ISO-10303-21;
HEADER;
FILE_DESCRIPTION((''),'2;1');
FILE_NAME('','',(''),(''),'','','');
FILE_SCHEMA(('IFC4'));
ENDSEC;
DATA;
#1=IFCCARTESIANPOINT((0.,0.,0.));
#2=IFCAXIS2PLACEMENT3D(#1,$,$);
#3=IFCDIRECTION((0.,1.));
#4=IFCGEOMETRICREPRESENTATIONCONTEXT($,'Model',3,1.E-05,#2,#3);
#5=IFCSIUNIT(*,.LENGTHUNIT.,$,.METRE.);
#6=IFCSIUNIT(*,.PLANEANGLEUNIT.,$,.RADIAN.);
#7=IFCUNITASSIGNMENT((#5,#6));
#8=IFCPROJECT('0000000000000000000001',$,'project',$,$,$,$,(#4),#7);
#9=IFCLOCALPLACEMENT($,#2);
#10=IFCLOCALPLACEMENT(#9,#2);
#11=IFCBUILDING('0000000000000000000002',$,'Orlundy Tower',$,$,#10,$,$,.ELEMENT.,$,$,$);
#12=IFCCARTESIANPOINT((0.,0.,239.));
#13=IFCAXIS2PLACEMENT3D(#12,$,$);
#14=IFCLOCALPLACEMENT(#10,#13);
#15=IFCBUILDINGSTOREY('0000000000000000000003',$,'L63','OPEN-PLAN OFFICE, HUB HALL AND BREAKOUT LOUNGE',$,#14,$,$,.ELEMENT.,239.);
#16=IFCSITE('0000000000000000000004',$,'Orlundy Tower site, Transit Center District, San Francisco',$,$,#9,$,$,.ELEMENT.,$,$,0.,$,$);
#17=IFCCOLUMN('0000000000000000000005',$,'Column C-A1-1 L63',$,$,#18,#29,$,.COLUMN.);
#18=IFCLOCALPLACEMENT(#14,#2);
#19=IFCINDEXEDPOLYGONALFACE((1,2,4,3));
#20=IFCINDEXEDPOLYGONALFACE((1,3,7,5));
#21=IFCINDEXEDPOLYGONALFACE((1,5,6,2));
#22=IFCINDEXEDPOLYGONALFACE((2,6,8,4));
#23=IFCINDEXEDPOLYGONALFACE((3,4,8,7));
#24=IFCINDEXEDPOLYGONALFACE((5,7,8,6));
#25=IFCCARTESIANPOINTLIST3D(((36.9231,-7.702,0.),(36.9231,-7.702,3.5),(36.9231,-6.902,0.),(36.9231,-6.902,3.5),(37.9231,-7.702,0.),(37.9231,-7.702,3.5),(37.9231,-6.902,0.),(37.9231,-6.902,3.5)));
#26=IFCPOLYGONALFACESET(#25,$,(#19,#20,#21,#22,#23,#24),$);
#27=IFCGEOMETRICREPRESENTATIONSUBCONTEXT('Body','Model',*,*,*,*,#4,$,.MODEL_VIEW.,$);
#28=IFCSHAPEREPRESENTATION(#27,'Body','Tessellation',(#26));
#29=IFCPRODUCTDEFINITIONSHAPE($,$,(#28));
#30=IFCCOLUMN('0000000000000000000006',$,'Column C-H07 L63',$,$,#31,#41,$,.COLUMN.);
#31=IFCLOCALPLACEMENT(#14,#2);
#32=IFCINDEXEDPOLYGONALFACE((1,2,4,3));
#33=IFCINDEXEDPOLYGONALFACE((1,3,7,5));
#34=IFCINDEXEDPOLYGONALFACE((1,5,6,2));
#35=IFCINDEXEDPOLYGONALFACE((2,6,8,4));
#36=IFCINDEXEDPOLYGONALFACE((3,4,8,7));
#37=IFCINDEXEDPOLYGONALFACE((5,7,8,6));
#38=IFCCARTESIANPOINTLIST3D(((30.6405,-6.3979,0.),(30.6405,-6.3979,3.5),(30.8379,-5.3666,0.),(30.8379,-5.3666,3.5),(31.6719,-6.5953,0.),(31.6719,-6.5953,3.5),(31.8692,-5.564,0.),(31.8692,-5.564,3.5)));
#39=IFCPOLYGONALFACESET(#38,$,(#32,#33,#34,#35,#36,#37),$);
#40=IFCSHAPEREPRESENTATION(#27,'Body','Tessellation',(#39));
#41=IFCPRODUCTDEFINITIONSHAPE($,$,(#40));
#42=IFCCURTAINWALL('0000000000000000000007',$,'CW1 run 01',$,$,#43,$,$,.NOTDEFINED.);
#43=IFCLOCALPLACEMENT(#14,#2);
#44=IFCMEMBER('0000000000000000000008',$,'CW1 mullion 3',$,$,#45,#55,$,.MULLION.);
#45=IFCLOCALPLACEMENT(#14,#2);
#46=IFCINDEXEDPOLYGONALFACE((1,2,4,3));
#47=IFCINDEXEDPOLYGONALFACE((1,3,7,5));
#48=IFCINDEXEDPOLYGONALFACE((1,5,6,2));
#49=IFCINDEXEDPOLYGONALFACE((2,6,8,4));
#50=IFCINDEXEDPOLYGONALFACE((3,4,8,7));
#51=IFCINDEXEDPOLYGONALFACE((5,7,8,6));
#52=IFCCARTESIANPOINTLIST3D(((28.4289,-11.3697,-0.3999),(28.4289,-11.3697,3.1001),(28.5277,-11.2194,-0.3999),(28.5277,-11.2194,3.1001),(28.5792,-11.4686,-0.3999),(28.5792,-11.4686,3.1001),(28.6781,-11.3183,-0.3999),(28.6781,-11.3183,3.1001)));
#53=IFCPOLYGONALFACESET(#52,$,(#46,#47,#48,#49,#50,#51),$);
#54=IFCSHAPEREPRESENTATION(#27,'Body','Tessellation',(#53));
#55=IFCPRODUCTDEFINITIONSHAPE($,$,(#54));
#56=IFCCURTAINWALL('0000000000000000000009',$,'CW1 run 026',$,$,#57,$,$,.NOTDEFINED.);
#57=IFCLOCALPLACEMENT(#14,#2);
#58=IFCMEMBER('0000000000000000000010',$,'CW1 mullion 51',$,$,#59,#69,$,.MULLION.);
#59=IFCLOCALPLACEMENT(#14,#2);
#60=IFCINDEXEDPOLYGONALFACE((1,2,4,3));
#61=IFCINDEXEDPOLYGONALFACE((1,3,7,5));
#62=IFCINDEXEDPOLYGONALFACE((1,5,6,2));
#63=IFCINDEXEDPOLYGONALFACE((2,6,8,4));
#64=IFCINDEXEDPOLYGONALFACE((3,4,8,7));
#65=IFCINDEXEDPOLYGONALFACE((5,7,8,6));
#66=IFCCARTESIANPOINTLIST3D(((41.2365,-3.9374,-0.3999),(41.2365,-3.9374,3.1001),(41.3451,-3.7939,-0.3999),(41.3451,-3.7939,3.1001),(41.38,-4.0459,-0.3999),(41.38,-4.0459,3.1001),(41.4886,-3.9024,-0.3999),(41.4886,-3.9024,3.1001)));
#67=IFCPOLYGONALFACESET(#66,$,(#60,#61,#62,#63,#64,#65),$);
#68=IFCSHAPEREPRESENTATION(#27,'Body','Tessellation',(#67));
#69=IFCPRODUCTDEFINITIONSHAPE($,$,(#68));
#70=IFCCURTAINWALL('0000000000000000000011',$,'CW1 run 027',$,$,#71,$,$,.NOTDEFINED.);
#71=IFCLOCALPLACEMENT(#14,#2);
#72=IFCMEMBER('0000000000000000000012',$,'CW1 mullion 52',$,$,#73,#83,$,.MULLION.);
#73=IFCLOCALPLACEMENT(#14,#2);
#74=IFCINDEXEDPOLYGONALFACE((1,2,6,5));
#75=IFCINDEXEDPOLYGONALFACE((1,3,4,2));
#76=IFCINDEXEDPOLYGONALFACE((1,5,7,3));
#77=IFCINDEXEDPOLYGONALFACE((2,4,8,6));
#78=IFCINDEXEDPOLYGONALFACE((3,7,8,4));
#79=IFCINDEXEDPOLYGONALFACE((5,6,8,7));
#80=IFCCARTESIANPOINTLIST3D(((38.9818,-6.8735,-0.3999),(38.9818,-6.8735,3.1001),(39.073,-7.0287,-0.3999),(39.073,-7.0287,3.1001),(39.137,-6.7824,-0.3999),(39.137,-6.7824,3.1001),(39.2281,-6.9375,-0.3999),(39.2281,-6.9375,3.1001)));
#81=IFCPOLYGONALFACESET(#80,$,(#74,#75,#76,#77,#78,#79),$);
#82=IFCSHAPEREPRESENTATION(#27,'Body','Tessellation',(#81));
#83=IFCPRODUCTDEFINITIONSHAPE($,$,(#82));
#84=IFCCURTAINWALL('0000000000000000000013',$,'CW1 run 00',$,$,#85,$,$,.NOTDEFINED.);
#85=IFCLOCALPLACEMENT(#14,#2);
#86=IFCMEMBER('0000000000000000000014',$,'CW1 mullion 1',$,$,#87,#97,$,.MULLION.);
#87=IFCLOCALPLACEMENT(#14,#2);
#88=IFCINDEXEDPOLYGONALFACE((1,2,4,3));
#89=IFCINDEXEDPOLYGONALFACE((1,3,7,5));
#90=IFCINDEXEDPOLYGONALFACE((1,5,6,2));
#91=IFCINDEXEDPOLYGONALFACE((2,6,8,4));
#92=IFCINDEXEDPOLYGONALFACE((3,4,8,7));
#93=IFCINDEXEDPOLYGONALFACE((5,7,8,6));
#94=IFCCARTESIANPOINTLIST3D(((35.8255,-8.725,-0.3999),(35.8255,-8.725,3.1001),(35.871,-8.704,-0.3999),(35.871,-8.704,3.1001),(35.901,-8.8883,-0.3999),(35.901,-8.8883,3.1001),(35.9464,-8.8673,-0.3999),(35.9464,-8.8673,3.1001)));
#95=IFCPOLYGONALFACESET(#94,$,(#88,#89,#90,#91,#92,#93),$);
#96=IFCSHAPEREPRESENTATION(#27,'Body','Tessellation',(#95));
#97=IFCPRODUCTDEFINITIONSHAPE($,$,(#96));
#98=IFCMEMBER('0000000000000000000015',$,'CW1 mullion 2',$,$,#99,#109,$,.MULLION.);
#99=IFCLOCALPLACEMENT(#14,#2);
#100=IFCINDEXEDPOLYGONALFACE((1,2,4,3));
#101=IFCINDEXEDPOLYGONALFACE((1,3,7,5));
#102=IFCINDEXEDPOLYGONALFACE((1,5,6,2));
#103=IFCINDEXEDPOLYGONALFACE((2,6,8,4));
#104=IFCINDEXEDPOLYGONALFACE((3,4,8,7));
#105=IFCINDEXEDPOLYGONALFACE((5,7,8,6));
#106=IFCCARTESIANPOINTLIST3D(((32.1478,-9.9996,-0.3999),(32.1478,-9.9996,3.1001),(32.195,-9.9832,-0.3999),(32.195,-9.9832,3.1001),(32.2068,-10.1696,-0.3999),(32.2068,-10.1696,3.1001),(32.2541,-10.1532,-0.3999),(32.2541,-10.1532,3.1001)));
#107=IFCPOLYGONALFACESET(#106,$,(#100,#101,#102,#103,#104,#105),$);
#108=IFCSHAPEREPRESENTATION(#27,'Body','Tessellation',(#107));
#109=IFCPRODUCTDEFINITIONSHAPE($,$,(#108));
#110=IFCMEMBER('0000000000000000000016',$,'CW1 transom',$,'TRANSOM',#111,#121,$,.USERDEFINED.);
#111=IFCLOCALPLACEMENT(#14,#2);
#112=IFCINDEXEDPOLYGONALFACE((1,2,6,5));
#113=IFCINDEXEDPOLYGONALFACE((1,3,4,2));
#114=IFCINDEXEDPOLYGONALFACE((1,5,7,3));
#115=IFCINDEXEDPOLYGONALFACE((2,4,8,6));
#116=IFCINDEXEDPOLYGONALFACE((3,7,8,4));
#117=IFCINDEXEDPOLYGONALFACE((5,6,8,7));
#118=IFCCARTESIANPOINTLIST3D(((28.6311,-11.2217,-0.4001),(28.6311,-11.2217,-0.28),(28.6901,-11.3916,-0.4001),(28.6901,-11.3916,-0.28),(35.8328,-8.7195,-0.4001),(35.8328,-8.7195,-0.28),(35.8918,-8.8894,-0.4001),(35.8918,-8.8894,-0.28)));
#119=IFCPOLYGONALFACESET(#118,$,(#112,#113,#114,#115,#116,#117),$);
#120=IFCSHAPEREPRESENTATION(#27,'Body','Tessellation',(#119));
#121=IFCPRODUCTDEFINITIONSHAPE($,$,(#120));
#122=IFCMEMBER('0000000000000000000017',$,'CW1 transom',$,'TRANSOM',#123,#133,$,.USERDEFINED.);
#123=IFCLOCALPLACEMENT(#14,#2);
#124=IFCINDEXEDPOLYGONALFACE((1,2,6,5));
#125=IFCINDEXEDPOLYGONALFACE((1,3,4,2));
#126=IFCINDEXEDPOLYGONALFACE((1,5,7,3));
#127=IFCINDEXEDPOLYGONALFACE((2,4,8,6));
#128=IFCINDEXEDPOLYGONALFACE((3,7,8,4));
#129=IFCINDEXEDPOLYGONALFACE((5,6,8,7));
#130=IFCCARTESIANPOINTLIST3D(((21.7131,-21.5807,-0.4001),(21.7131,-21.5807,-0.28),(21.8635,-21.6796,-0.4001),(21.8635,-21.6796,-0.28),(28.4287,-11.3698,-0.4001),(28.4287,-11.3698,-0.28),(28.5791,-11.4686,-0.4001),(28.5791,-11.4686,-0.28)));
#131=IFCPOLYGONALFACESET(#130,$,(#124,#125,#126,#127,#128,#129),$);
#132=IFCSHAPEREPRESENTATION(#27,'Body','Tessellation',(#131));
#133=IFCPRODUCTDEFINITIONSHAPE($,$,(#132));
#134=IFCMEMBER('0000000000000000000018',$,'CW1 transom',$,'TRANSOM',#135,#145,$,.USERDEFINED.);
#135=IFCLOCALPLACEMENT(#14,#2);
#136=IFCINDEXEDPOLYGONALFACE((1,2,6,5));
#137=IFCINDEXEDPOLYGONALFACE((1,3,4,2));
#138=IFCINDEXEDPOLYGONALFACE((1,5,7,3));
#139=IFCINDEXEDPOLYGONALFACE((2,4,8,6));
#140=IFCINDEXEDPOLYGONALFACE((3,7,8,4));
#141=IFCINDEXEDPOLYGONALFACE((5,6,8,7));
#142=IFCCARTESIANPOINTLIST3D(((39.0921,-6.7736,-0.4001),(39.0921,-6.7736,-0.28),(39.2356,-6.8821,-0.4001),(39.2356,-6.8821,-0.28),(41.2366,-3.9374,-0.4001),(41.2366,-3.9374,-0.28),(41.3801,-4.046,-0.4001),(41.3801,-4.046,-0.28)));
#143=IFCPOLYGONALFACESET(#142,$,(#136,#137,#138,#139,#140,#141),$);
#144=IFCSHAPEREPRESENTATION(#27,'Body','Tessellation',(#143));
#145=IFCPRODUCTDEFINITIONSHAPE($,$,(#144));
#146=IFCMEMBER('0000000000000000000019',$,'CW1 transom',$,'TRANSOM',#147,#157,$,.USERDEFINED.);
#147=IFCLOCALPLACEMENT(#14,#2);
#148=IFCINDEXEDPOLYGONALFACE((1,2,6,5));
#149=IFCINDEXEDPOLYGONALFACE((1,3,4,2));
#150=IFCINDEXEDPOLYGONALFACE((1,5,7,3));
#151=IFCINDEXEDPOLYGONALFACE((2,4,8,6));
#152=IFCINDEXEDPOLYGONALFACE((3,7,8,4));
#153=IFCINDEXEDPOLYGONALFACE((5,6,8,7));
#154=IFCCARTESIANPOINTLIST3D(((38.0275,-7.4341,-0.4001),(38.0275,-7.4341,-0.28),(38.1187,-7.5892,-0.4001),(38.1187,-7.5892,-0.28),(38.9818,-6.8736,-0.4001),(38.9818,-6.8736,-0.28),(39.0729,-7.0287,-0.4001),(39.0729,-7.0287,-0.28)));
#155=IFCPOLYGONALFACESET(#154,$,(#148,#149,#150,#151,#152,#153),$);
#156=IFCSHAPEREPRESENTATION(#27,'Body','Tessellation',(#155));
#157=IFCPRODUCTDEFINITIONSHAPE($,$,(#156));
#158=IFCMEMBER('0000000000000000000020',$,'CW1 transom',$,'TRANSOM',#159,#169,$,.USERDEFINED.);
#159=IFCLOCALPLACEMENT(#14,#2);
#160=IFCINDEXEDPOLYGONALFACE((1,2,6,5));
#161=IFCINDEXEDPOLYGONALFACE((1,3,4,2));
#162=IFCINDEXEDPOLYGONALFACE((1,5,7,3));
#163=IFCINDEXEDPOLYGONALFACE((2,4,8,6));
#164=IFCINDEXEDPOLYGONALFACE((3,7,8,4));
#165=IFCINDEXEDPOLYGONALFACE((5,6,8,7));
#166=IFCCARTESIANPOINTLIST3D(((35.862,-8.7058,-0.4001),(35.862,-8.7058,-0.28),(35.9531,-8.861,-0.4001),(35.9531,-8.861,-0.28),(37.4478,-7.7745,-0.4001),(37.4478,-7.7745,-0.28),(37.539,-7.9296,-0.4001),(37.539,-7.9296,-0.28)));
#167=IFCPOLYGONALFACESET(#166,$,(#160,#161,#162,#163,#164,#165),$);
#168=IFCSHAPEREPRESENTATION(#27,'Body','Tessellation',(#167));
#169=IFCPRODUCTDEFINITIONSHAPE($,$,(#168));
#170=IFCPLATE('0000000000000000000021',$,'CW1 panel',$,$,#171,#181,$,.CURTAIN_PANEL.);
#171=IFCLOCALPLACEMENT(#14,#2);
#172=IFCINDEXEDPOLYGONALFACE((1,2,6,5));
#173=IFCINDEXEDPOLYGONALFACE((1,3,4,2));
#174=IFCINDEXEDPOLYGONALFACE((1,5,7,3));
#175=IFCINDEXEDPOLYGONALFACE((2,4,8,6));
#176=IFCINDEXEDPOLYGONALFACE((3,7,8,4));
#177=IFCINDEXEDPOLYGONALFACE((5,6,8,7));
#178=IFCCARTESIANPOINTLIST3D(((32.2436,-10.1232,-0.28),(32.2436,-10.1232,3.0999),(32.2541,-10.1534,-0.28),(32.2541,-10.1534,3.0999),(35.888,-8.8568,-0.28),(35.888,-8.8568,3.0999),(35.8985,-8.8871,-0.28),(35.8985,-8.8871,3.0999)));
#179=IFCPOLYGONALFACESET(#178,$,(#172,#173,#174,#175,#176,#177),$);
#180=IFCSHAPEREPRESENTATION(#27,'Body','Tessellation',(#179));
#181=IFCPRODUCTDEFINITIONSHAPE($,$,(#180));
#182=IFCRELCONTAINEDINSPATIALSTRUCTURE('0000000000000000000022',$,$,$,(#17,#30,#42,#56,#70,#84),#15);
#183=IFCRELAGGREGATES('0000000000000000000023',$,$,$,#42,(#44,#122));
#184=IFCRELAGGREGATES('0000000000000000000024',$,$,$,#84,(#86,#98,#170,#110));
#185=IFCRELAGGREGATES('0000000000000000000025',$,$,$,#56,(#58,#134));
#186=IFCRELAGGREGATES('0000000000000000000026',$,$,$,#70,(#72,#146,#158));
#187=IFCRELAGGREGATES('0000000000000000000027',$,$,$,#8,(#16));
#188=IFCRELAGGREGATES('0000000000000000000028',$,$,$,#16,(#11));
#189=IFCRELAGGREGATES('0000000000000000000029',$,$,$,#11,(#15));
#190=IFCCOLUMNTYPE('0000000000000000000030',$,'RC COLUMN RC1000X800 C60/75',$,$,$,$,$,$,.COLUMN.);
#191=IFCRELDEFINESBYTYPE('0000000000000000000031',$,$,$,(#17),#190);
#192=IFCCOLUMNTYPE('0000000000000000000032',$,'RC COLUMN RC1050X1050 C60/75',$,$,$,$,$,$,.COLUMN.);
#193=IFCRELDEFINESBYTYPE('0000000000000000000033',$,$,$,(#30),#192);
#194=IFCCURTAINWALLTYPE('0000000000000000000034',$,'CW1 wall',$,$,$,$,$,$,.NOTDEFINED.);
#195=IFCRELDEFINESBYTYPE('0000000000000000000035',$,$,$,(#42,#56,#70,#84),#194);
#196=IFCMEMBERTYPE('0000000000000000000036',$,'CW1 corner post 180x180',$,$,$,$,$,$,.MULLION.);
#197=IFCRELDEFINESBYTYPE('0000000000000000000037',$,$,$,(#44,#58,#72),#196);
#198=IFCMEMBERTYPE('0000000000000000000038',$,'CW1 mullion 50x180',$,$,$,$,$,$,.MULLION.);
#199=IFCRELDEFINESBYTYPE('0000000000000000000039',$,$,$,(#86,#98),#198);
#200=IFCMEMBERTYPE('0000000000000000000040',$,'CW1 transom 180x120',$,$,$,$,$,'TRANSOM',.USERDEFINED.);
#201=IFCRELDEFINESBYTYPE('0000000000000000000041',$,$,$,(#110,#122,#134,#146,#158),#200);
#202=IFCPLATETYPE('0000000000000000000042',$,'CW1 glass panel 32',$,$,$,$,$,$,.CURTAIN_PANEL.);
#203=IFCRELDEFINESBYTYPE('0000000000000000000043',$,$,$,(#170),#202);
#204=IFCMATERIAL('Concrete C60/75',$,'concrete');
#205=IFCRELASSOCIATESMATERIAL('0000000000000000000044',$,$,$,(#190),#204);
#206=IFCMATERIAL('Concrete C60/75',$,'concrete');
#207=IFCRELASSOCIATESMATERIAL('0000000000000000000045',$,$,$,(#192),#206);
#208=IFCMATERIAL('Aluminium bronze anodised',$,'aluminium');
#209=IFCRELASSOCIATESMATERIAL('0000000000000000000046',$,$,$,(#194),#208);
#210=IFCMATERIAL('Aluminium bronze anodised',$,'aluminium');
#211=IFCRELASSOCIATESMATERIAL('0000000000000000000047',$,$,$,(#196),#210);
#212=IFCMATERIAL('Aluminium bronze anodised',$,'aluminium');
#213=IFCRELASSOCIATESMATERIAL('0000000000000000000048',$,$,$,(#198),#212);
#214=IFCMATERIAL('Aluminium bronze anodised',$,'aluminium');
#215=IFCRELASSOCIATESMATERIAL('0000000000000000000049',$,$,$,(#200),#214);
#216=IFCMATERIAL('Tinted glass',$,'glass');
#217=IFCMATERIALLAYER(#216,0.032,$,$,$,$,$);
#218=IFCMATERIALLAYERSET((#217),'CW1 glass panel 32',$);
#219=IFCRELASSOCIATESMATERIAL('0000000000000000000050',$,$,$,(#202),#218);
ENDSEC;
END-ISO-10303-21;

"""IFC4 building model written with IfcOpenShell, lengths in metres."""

from ifc_helpers import new_model, si_unit, direction, frame, origin, origin_2d, place, context, subcontext, project, spatial, rectangle, extrude, material, layer, layer_set, material_profile, profile_set, type_object, element, aggregate, save


model = new_model("IFC4")

# Units and contexts
model_context = context("Model", 3, precision=1e-05, world=origin(), true_north=direction((0.0, 1.0)))
body_context = subcontext(model_context, "Body", "Model", "MODEL_VIEW")
ifc_project = project(units=[si_unit("LENGTHUNIT", "METRE"), si_unit("PLANEANGLEUNIT", "RADIAN")], contexts=[model_context])

# Site, building, storey
site_placement = place(None, origin())
site = spatial("IfcSite", under=ifc_project, at=site_placement, Name="Orlundy Tower site, Transit Center District, San Francisco", CompositionType="ELEMENT", RefElevation=0.0)
building_placement = place(site_placement, origin())
building = spatial("IfcBuilding", under=site, at=building_placement, Name="Orlundy Tower", CompositionType="ELEMENT")
storey_placement = place(building_placement, frame((0.0, 0.0, 239.0)))
storey = spatial("IfcBuildingStorey", under=building, at=storey_placement, Name="L63", Description="OPEN-PLAN OFFICE, HUB HALL AND BREAKOUT LOUNGE", CompositionType="ELEMENT", Elevation=239.0)

# Columns
ifc_material_1 = material(Name="Concrete C60/75", Category="concrete")
ifc_material_profile_1 = material_profile(ifc_material_1, rectangle(XDim=1.0, YDim=0.8, at=origin_2d()), Name="RC1000X800")
ifc_profile_set_1 = profile_set([ifc_material_profile_1], Name="Concrete C60/75")
column_type_1 = type_object("IfcColumnType", Name="RC COLUMN RC1000X800 C60/75", PredefinedType="COLUMN", material=ifc_profile_set_1)
column_1_placement = place(storey_placement, frame((37.4231, -7.302, 0.0), z_axis=(0.0, 0.0, 1.0), x_axis=(1.0, 0.0, 0.0)))
element("IfcColumn", 1, at=column_1_placement, inside=storey, type_object=column_type_1, Name="Column C-A1-1 L63", PredefinedType="COLUMN", context=body_context, shape_type="SweptSolid", body=[
    extrude(rectangle(XDim=1.0, YDim=0.8, at=origin_2d()), origin(), (0.0, 0.0, 1.0), 3.5),
])
ifc_material_2 = material(Name="Concrete C60/75", Category="concrete")
ifc_material_profile_2 = material_profile(ifc_material_2, rectangle(XDim=1.05, YDim=1.05, at=origin_2d()), Name="RC1050X1050")
ifc_profile_set_2 = profile_set([ifc_material_profile_2], Name="Concrete C60/75")
column_type_2 = type_object("IfcColumnType", Name="RC COLUMN RC1050X1050 C60/75", PredefinedType="COLUMN", material=ifc_profile_set_2)
column_2_placement = place(storey_placement, frame((31.2549, -5.981, 0.0), z_axis=(0.0, 0.0, 1.0), x_axis=(0.982179, -0.187947, 0.0)))
element("IfcColumn", 2, at=column_2_placement, inside=storey, type_object=column_type_2, Name="Column C-H07 L63", PredefinedType="COLUMN", context=body_context, shape_type="SweptSolid", body=[
    extrude(rectangle(XDim=1.05, YDim=1.05, at=origin_2d()), origin(), (0.0, 0.0, 1.0), 3.5),
])

# Curtain walls, members
ifc_material_3 = material(Name="Aluminium bronze anodised", Category="aluminium")
curtain_wall_type = type_object("IfcCurtainWallType", Name="CW1 wall", PredefinedType="NOTDEFINED", material=ifc_material_3)
curtain_wall_1_placement = place(storey_placement, origin())
curtain_wall_1 = element("IfcCurtainWall", 3, at=curtain_wall_1_placement, inside=storey, type_object=curtain_wall_type, Name="CW1 run 01", PredefinedType="NOTDEFINED")
ifc_material_4 = material(Name="Aluminium bronze anodised", Category="aluminium")
ifc_material_profile_3 = material_profile(ifc_material_4, rectangle(XDim=0.1799, YDim=0.1799, at=origin_2d()), Name="CW1 corner post 180x180")
ifc_profile_set_3 = profile_set([ifc_material_profile_3], Name="Aluminium bronze anodised")
member_type_1 = type_object("IfcMemberType", Name="CW1 corner post 180x180", PredefinedType="MULLION", material=ifc_profile_set_3)
member_1_placement = place(storey_placement, frame((28.5535, -11.344, -0.3999), z_axis=(0.0, 0.0, 1.0), x_axis=(0.835496, -0.549496, 0.0)))
member_1 = element("IfcMember", 4, at=member_1_placement, type_object=member_type_1, Name="CW1 mullion 3", PredefinedType="MULLION", context=body_context, shape_type="SweptSolid", body=[
    extrude(rectangle(XDim=0.1799, YDim=0.1799, at=origin_2d()), origin(), (0.0, 0.0, 1.0), 3.5),
])
curtain_wall_2_placement = place(storey_placement, origin())
curtain_wall_2 = element("IfcCurtainWall", 5, at=curtain_wall_2_placement, inside=storey, type_object=curtain_wall_type, Name="CW1 run 026", PredefinedType="NOTDEFINED")
member_2_placement = place(storey_placement, frame((41.3625, -3.9199, -0.3999), z_axis=(0.0, 0.0, 1.0), x_axis=(0.797631, -0.603146, 0.0)))
member_2 = element("IfcMember", 6, at=member_2_placement, type_object=member_type_1, Name="CW1 mullion 51", PredefinedType="MULLION", context=body_context, shape_type="SweptSolid", body=[
    extrude(rectangle(XDim=0.1799, YDim=0.1799, at=origin_2d()), origin(), (0.0, 0.0, 1.0), 3.5),
])
curtain_wall_3_placement = place(storey_placement, origin())
curtain_wall_3 = element("IfcCurtainWall", 7, at=curtain_wall_3_placement, inside=storey, type_object=curtain_wall_type, Name="CW1 run 027", PredefinedType="NOTDEFINED")
member_3_placement = place(storey_placement, frame((39.105, -6.9055, -0.3999), z_axis=(0.0, 0.0, 1.0), x_axis=(0.506419, -0.862288, 0.0)))
member_3 = element("IfcMember", 8, at=member_3_placement, type_object=member_type_1, Name="CW1 mullion 52", PredefinedType="MULLION", context=body_context, shape_type="SweptSolid", body=[
    extrude(rectangle(XDim=0.1799, YDim=0.1799, at=origin_2d()), origin(), (0.0, 0.0, 1.0), 3.5),
])

# Curtain wall, members
curtain_wall_4_placement = place(storey_placement, origin())
curtain_wall_4 = element("IfcCurtainWall", 9, at=curtain_wall_4_placement, inside=storey, type_object=curtain_wall_type, Name="CW1 run 00", PredefinedType="NOTDEFINED")
ifc_material_5 = material(Name="Aluminium bronze anodised", Category="aluminium")
ifc_material_profile_4 = material_profile(ifc_material_5, rectangle(XDim=0.1799, YDim=0.05, at=origin_2d()), Name="CW1 mullion 50x180")
ifc_profile_set_4 = profile_set([ifc_material_profile_4], Name="Aluminium bronze anodised")
member_type_2 = type_object("IfcMemberType", Name="CW1 mullion 50x180", PredefinedType="MULLION", material=ifc_profile_set_4)
member_4_placement = place(storey_placement, frame((35.886, -8.7961, -0.3999), z_axis=(0.0, 0.0, 1.0), x_axis=(0.419347, -0.907826, 0.0)))
member_4 = element("IfcMember", 10, at=member_4_placement, type_object=member_type_2, Name="CW1 mullion 1", PredefinedType="MULLION", context=body_context, shape_type="SweptSolid", body=[
    extrude(rectangle(XDim=0.1799, YDim=0.05, at=origin_2d()), origin(), (0.0, 0.0, 1.0), 3.5),
])
member_5_placement = place(storey_placement, frame((32.2009, -10.0764, -0.3999), z_axis=(0.0, 0.0, 1.0), x_axis=(0.328227, -0.944599, 0.0)))
member_5 = element("IfcMember", 11, at=member_5_placement, type_object=member_type_2, Name="CW1 mullion 2", PredefinedType="MULLION", context=body_context, shape_type="SweptSolid", body=[
    extrude(rectangle(XDim=0.1799, YDim=0.05, at=origin_2d()), origin(), (0.0, 0.0, 1.0), 3.5),
])
ifc_material_6 = material(Name="Aluminium bronze anodised", Category="aluminium")
ifc_material_profile_5 = material_profile(ifc_material_6, rectangle(XDim=0.1799, YDim=0.1201, at=origin_2d()), Name="CW1 transom 180x120")
ifc_profile_set_5 = profile_set([ifc_material_profile_5], Name="Aluminium bronze anodised")
member_type_3 = type_object("IfcMemberType", Name="CW1 transom 180x120", ElementType="TRANSOM", PredefinedType="USERDEFINED", material=ifc_profile_set_5)
member_6_placement = place(storey_placement, frame((35.8623, -8.8044, -0.3401), z_axis=(-0.944608, -0.328201, 0.0), x_axis=(0.328201, -0.944608, 0.0)))
member_6 = element("IfcMember", 12, at=member_6_placement, type_object=member_type_3, Name="CW1 transom", ObjectType="TRANSOM", PredefinedType="USERDEFINED", context=body_context, shape_type="SweptSolid", body=[
    extrude(rectangle(XDim=0.1799, YDim=0.1201, at=origin_2d()), origin(), (0.0, 0.0, 1.0), 7.624),
])

# Members
member_7_placement = place(storey_placement, frame((28.5039, -11.4192, -0.3401), z_axis=(-0.549494, -0.835498, 0.0), x_axis=(0.835498, -0.549494, 0.0)))
member_7 = element("IfcMember", 13, at=member_7_placement, type_object=member_type_3, Name="CW1 transom", ObjectType="TRANSOM", PredefinedType="USERDEFINED", context=body_context, shape_type="SweptSolid", body=[
    extrude(rectangle(XDim=0.1799, YDim=0.1201, at=origin_2d()), origin(), (0.0, 0.0, 1.0), 12.2214),
])
aggregate(curtain_wall_1, [member_1, member_7])
member_8_placement = place(storey_placement, frame((41.3083, -3.9917, -0.3401), z_axis=(-0.603126, -0.797646, 0.0), x_axis=(0.797646, -0.603126, 0.0)))
member_8 = element("IfcMember", 14, at=member_8_placement, type_object=member_type_3, Name="CW1 transom", ObjectType="TRANSOM", PredefinedType="USERDEFINED", context=body_context, shape_type="SweptSolid", body=[
    extrude(rectangle(XDim=0.1799, YDim=0.1201, at=origin_2d()), origin(), (0.0, 0.0, 1.0), 3.5557),
])
member_9_placement = place(storey_placement, frame((39.0273, -6.9512, -0.3401), z_axis=(-0.862263, -0.506461, 0.0), x_axis=(0.506461, -0.862263, 0.0)))
member_9 = element("IfcMember", 15, at=member_9_placement, type_object=member_type_3, Name="CW1 transom", ObjectType="TRANSOM", PredefinedType="USERDEFINED", context=body_context, shape_type="SweptSolid", body=[
    extrude(rectangle(XDim=0.1799, YDim=0.1201, at=origin_2d()), origin(), (0.0, 0.0, 1.0), 1.1067),
])
member_10_placement = place(storey_placement, frame((37.4934, -7.8521, -0.3401), z_axis=(-0.862292, -0.506411, 0.0), x_axis=(0.506411, -0.862292, 0.0)))
member_10 = element("IfcMember", 16, at=member_10_placement, type_object=member_type_3, Name="CW1 transom", ObjectType="TRANSOM", PredefinedType="USERDEFINED", context=body_context, shape_type="SweptSolid", body=[
    extrude(rectangle(XDim=0.1799, YDim=0.1201, at=origin_2d()), origin(), (0.0, 0.0, 1.0), 1.8391),
])

# Plate
ifc_material_7 = material(Name="Tinted glass", Category="glass")
ifc_layer_1 = layer(ifc_material_7, 0.032)
ifc_layer_set_1 = layer_set([ifc_layer_1], Name="CW1 glass panel 32")
plate_type = type_object("IfcPlateType", Name="CW1 glass panel 32", PredefinedType="CURTAIN_PANEL", material=ifc_layer_set_1)
plate_1_placement = place(storey_placement, frame((34.071, -9.5051, -0.28), z_axis=(0.0, 0.0, 1.0), x_axis=(-0.944599, -0.328227, 0.0)))
plate_1 = element("IfcPlate", 17, at=plate_1_placement, type_object=plate_type, Name="CW1 panel", PredefinedType="CURTAIN_PANEL", context=body_context, shape_type="SweptSolid", body=[
    extrude(rectangle(XDim=3.8582, YDim=0.032, at=origin_2d()), origin(), (0.0, 0.0, 1.0), 3.3799),
])
aggregate(curtain_wall_4, [member_4, member_5, plate_1, member_6])

aggregate(curtain_wall_2, [member_2, member_8])
aggregate(curtain_wall_3, [member_3, member_9, member_10])

save(model, "model.ifc")
